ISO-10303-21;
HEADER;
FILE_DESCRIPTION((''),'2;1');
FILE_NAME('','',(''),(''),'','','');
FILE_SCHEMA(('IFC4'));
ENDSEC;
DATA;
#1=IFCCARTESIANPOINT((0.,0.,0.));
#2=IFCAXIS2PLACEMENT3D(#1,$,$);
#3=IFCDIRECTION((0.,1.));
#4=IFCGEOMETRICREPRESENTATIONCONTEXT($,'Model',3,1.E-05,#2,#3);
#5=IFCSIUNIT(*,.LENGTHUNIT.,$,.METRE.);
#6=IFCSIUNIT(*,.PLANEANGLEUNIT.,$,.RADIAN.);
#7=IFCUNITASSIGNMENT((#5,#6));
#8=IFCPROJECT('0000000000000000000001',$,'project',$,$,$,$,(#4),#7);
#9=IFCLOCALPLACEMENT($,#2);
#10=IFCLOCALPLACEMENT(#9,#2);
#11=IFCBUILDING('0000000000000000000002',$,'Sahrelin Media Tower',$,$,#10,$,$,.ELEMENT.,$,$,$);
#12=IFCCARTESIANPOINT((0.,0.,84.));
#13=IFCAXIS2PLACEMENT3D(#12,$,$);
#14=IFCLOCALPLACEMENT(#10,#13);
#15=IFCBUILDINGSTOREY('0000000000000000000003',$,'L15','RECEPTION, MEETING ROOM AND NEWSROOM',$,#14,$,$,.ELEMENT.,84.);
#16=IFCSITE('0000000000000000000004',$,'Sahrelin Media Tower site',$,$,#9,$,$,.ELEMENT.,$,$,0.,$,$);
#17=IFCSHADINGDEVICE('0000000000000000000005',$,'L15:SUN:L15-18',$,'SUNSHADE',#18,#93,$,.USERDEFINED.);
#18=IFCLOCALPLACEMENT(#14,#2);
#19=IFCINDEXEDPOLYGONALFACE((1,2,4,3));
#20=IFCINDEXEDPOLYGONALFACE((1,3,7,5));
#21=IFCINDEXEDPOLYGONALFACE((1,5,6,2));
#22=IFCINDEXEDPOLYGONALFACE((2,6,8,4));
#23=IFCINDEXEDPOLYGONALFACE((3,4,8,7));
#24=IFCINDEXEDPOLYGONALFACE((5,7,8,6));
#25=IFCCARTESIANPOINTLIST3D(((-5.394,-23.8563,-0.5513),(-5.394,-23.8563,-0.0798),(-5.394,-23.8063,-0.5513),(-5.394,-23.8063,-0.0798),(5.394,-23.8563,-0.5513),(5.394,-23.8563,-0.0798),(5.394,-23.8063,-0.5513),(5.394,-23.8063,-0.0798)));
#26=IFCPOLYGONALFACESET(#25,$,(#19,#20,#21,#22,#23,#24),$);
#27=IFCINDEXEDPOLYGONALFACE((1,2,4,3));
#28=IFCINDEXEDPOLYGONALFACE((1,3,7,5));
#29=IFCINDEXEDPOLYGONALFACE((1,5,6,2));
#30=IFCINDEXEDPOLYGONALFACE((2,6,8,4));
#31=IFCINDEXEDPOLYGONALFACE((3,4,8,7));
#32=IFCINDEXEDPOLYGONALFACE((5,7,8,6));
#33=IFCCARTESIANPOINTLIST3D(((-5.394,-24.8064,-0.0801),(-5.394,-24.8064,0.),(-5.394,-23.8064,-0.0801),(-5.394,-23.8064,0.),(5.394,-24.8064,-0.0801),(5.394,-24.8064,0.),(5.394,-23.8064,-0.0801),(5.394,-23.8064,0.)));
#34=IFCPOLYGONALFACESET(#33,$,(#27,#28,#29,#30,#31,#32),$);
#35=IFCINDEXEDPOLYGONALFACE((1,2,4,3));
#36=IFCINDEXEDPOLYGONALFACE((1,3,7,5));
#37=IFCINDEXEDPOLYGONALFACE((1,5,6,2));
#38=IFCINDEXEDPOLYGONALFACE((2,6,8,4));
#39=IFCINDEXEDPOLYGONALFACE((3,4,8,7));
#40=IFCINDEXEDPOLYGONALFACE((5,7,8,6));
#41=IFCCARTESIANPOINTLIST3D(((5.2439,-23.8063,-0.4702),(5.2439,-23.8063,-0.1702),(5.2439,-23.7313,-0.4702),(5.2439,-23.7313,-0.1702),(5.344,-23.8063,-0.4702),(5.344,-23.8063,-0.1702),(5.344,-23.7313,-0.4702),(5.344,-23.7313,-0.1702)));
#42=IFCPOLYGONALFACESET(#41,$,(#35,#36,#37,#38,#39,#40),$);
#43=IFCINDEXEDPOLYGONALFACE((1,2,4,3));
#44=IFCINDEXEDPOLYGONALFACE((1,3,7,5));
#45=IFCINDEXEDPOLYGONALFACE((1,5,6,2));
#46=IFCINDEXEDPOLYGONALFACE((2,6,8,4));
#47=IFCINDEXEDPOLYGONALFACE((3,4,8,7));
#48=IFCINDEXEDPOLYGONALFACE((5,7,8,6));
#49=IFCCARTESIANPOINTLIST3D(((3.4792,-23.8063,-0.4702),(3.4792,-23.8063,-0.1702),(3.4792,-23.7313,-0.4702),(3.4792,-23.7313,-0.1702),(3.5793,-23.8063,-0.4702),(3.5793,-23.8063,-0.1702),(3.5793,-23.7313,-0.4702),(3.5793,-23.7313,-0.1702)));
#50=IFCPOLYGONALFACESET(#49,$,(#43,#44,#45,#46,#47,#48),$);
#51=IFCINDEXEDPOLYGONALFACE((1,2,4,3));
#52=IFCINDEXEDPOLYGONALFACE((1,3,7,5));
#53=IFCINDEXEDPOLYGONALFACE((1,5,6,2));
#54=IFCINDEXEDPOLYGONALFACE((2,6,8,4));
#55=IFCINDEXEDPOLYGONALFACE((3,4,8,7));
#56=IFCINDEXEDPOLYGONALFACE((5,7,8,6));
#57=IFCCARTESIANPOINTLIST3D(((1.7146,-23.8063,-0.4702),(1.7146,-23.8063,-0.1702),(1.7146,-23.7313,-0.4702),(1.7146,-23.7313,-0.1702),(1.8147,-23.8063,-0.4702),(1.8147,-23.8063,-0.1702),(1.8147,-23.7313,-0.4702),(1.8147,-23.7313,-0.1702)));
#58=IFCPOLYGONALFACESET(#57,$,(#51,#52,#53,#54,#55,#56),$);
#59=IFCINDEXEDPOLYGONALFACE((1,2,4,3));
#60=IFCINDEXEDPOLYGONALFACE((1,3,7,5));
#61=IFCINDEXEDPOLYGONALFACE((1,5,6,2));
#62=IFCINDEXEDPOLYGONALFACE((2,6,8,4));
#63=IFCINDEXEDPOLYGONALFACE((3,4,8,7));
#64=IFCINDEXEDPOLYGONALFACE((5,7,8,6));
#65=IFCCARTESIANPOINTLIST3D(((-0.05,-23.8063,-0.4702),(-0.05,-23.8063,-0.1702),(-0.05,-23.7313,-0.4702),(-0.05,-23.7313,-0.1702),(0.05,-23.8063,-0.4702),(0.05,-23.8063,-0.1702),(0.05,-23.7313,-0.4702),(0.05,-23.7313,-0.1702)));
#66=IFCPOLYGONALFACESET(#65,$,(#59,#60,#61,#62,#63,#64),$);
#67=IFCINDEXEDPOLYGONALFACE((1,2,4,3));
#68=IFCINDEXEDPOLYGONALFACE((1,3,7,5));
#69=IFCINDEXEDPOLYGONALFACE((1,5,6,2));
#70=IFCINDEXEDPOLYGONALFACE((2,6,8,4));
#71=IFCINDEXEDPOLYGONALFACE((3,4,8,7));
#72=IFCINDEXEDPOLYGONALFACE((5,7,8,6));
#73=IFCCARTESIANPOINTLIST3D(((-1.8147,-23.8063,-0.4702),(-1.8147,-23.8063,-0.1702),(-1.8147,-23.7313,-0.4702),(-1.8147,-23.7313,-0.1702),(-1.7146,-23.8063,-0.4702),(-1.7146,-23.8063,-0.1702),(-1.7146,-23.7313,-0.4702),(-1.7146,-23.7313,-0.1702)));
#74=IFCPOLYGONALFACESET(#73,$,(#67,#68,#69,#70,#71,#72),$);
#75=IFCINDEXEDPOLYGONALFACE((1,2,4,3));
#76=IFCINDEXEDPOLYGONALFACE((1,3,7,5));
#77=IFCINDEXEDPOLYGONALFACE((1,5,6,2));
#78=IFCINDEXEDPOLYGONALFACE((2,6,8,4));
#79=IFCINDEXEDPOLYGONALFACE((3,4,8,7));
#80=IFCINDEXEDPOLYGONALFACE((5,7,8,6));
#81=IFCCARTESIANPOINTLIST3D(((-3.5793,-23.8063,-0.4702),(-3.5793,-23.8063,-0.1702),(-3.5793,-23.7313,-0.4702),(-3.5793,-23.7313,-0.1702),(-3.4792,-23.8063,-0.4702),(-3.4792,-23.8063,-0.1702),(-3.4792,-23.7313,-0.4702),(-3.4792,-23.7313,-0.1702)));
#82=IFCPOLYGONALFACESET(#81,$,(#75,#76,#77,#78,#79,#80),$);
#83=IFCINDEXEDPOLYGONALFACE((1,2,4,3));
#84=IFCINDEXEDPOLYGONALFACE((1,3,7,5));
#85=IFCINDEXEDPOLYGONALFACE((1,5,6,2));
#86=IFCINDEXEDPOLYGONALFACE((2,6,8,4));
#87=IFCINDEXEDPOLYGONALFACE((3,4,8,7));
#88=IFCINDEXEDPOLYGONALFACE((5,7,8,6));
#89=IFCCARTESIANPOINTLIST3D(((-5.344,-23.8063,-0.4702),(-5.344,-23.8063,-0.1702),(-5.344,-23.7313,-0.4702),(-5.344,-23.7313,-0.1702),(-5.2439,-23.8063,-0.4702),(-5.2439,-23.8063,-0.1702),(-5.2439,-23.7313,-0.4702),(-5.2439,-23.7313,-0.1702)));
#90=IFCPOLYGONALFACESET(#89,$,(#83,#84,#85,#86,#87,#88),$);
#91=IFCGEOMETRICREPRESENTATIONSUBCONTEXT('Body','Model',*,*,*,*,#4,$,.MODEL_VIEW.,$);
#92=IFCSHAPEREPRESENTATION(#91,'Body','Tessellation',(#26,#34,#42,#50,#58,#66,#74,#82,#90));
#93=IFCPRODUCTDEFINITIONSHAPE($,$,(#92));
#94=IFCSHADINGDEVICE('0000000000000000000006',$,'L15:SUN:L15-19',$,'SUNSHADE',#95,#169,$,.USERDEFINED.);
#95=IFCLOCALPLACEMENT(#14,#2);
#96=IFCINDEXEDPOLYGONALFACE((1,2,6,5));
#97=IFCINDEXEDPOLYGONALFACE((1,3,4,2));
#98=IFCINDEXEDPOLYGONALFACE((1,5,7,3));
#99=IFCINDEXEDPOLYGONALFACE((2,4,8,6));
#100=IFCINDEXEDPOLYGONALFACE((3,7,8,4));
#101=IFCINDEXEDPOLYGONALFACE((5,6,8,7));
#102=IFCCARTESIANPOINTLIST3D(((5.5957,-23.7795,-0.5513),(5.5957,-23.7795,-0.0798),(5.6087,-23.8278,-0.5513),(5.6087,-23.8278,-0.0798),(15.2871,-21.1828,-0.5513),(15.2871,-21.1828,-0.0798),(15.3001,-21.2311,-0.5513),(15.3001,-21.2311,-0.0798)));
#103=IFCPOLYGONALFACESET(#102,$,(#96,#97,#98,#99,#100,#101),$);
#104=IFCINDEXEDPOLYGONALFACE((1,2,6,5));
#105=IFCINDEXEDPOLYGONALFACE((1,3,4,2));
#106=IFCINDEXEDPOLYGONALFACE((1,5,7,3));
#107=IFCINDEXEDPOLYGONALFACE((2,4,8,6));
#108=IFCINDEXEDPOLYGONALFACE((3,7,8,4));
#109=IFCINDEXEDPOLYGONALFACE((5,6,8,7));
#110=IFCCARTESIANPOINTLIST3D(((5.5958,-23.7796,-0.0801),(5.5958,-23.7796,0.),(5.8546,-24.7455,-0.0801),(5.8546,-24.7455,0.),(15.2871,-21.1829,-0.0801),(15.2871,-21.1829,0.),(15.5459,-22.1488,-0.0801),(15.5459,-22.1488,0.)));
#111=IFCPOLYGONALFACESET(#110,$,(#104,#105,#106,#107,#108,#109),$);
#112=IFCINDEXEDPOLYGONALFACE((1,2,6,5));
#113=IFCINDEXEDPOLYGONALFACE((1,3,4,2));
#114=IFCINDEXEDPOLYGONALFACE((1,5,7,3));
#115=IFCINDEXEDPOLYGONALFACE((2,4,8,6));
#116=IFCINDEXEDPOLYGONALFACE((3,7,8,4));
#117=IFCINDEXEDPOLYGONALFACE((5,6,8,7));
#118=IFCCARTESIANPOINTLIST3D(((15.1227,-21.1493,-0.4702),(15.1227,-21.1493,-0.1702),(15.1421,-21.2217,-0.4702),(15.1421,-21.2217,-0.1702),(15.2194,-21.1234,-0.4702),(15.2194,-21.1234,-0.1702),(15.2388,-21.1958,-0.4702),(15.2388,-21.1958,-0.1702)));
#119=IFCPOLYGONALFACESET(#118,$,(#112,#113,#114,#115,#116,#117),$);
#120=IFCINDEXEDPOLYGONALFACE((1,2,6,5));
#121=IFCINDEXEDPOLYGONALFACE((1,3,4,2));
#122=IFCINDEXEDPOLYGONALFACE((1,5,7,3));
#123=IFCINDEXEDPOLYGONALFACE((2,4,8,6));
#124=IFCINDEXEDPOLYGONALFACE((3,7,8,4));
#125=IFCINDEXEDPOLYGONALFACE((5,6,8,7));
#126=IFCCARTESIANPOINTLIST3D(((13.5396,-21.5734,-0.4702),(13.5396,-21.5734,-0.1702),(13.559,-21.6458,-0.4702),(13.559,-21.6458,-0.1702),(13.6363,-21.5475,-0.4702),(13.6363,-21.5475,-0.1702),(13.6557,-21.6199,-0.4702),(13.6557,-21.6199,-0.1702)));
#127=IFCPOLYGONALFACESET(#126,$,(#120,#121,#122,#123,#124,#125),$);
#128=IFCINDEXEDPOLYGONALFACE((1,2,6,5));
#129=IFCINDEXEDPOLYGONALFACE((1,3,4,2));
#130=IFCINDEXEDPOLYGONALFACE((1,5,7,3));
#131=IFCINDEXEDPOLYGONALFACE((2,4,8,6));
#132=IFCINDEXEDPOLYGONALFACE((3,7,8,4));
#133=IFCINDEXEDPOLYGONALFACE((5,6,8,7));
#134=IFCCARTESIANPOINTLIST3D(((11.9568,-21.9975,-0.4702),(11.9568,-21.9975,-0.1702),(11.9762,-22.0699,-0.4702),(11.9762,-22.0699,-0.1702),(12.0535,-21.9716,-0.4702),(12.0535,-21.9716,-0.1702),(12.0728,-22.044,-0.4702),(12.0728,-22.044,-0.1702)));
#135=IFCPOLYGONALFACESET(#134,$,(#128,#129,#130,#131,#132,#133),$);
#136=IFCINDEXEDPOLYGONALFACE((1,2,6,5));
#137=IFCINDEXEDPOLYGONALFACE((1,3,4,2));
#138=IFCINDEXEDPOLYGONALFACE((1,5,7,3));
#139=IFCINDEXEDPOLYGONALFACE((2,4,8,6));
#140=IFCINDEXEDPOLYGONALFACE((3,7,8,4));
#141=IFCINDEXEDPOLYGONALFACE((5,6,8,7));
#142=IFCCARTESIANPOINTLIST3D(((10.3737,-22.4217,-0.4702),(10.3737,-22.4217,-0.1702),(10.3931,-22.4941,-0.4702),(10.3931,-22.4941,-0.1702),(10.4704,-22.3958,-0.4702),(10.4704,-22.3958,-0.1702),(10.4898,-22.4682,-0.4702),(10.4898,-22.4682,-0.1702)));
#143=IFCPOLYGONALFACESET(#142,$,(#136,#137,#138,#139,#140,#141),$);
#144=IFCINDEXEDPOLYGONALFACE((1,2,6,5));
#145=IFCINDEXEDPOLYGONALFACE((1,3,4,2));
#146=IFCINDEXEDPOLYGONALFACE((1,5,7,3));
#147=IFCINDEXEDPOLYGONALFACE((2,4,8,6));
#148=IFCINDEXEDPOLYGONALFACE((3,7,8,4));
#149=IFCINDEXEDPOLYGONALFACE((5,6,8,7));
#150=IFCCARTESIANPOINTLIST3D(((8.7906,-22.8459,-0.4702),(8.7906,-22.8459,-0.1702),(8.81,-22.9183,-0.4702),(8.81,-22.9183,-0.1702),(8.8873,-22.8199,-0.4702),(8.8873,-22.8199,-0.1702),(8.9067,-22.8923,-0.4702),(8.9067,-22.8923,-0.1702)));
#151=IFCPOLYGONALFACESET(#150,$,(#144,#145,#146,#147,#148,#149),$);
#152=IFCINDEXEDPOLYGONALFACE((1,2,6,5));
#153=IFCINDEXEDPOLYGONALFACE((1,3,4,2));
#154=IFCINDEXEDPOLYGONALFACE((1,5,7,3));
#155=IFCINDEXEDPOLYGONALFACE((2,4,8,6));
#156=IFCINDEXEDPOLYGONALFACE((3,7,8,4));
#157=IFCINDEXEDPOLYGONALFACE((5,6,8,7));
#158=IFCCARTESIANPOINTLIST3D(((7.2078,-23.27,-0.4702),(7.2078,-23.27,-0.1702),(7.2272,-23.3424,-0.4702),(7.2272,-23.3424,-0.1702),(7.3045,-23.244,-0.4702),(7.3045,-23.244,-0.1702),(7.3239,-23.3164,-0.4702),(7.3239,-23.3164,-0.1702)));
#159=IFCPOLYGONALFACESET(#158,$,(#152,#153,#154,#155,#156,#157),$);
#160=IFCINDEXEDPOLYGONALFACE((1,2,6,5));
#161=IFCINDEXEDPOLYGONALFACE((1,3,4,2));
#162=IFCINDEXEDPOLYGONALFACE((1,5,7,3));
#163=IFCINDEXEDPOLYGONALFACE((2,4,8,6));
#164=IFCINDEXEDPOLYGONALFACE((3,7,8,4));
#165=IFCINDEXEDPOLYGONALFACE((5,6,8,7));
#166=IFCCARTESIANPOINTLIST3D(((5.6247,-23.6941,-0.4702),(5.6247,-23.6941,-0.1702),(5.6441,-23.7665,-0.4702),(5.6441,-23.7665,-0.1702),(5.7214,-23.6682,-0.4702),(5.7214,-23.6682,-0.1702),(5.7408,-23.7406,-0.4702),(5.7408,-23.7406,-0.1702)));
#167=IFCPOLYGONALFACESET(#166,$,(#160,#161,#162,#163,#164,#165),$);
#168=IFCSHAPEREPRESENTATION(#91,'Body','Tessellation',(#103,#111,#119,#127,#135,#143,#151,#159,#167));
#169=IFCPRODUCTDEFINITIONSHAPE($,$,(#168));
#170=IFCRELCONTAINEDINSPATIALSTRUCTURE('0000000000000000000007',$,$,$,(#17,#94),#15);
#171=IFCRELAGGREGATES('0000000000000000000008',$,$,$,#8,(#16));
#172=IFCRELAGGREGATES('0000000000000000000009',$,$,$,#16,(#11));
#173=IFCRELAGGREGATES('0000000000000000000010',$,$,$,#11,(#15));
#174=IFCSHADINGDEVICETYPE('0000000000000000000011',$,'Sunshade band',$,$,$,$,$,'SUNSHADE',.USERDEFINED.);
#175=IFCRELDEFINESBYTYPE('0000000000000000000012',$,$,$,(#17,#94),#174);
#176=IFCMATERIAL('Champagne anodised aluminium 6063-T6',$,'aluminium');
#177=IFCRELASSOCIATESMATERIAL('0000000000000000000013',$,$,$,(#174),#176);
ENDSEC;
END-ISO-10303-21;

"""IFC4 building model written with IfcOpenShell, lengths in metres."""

from ifc_helpers import new_model, si_unit, direction, frame, origin, origin_2d, place, context, subcontext, project, spatial, rectangle, extrude, material, type_object, element, save


model = new_model("IFC4")

# Units and contexts
model_context = context("Model", 3, precision=1e-05, world=origin(), true_north=direction((0.0, 1.0)))
body_context = subcontext(model_context, "Body", "Model", "MODEL_VIEW")
ifc_project = project(units=[si_unit("LENGTHUNIT", "METRE"), si_unit("PLANEANGLEUNIT", "RADIAN")], contexts=[model_context])

# Site, building, storey
site_placement = place(None, origin())
site = spatial("IfcSite", under=ifc_project, at=site_placement, Name="Sahrelin Media Tower site", CompositionType="ELEMENT", RefElevation=0.0)
building_placement = place(site_placement, origin())
building = spatial("IfcBuilding", under=site, at=building_placement, Name="Sahrelin Media Tower", CompositionType="ELEMENT")
storey_placement = place(building_placement, frame((0.0, 0.0, 84.0)))
storey = spatial("IfcBuildingStorey", under=building, at=storey_placement, Name="L15", Description="RECEPTION, MEETING ROOM AND NEWSROOM", CompositionType="ELEMENT", Elevation=84.0)

# Shared definitions
ifc_material_1 = material(Name="Champagne anodised aluminium 6063-T6", Category="aluminium")

# Shading devices
placement_1 = place(storey_placement, frame((0.0, -23.7864, 0.0), z_axis=(0.0, 0.0, 1.0), x_axis=(-1.0, 0.0, 0.0)))
placement_2 = place(storey_placement, frame((10.4363, -22.4619, 0.0), z_axis=(0.0, 0.0, 1.0), x_axis=(-0.965929, -0.258808, 0.0)))
shading_device_type_1 = type_object("IfcShadingDeviceType", Name="Sunshade band", ElementType="SUNSHADE", PredefinedType="USERDEFINED", material=ifc_material_1)
element("IfcShadingDevice", 1, at=placement_1, inside=storey, type_object=shading_device_type_1, Name="L15:SUN:L15-18", ObjectType="SUNSHADE", PredefinedType="USERDEFINED", context=body_context, shape_type="SweptSolid", body=[
    extrude(rectangle(XDim=10.7881, YDim=0.05, at=origin_2d()), frame((0.0, 0.0449, -0.5513)), (0.0, 0.0, 1.0), 0.4714),
    extrude(rectangle(XDim=10.7881, YDim=1.0, at=origin_2d()), frame((0.0, 0.52, -0.0801)), (0.0, 0.0, 1.0), 0.0801),
    extrude(rectangle(XDim=0.1001, YDim=0.075, at=origin_2d()), frame((-5.2939, -0.0176, -0.4702)), (0.0, 0.0, 1.0), 0.3),
    extrude(rectangle(XDim=0.1001, YDim=0.075, at=origin_2d()), frame((-3.5293, -0.0176, -0.4702)), (0.0, 0.0, 1.0), 0.3),
    extrude(rectangle(XDim=0.1001, YDim=0.075, at=origin_2d()), frame((-1.7646, -0.0176, -0.4702)), (0.0, 0.0, 1.0), 0.3),
    extrude(rectangle(XDim=0.1001, YDim=0.075, at=origin_2d()), frame((0.0, -0.0176, -0.4702)), (0.0, 0.0, 1.0), 0.3),
    extrude(rectangle(XDim=0.1001, YDim=0.075, at=origin_2d()), frame((1.7646, -0.0176, -0.4702)), (0.0, 0.0, 1.0), 0.3),
    extrude(rectangle(XDim=0.1001, YDim=0.075, at=origin_2d()), frame((3.5293, -0.0176, -0.4702)), (0.0, 0.0, 1.0), 0.3),
    extrude(rectangle(XDim=0.1001, YDim=0.075, at=origin_2d()), frame((5.2939, -0.0176, -0.4702)), (0.0, 0.0, 1.0), 0.3),
])
element("IfcShadingDevice", 2, at=placement_2, inside=storey, type_object=shading_device_type_1, Name="L15:SUN:L15-19", ObjectType="SUNSHADE", PredefinedType="USERDEFINED", context=body_context, shape_type="SweptSolid", body=[
    extrude(rectangle(XDim=10.0332, YDim=0.05, at=origin_2d()), frame((0.0, 0.0449, -0.5513)), (0.0, 0.0, 1.0), 0.4714),
    extrude(rectangle(XDim=10.0332, YDim=1.0, at=origin_2d()), frame((0.0, 0.52, -0.0801)), (0.0, 0.0, 1.0), 0.0801),
    extrude(rectangle(XDim=0.1001, YDim=0.075, at=origin_2d()), frame((-4.9165, -0.0176, -0.4702)), (0.0, 0.0, 1.0), 0.3),
    extrude(rectangle(XDim=0.1001, YDim=0.075, at=origin_2d()), frame((-3.2776, -0.0176, -0.4702)), (0.0, 0.0, 1.0), 0.3),
    extrude(rectangle(XDim=0.1001, YDim=0.075, at=origin_2d()), frame((-1.6389, -0.0176, -0.4702)), (0.0, 0.0, 1.0), 0.3),
    extrude(rectangle(XDim=0.1001, YDim=0.075, at=origin_2d()), frame((0.0, -0.0176, -0.4702)), (0.0, 0.0, 1.0), 0.3),
    extrude(rectangle(XDim=0.1001, YDim=0.075, at=origin_2d()), frame((1.6389, -0.0176, -0.4702)), (0.0, 0.0, 1.0), 0.3),
    extrude(rectangle(XDim=0.1001, YDim=0.075, at=origin_2d()), frame((3.2776, -0.0176, -0.4702)), (0.0, 0.0, 1.0), 0.3),
    extrude(rectangle(XDim=0.1001, YDim=0.075, at=origin_2d()), frame((4.9165, -0.0176, -0.4702)), (0.0, 0.0, 1.0), 0.3),
])

save(model, "model.ifc")
